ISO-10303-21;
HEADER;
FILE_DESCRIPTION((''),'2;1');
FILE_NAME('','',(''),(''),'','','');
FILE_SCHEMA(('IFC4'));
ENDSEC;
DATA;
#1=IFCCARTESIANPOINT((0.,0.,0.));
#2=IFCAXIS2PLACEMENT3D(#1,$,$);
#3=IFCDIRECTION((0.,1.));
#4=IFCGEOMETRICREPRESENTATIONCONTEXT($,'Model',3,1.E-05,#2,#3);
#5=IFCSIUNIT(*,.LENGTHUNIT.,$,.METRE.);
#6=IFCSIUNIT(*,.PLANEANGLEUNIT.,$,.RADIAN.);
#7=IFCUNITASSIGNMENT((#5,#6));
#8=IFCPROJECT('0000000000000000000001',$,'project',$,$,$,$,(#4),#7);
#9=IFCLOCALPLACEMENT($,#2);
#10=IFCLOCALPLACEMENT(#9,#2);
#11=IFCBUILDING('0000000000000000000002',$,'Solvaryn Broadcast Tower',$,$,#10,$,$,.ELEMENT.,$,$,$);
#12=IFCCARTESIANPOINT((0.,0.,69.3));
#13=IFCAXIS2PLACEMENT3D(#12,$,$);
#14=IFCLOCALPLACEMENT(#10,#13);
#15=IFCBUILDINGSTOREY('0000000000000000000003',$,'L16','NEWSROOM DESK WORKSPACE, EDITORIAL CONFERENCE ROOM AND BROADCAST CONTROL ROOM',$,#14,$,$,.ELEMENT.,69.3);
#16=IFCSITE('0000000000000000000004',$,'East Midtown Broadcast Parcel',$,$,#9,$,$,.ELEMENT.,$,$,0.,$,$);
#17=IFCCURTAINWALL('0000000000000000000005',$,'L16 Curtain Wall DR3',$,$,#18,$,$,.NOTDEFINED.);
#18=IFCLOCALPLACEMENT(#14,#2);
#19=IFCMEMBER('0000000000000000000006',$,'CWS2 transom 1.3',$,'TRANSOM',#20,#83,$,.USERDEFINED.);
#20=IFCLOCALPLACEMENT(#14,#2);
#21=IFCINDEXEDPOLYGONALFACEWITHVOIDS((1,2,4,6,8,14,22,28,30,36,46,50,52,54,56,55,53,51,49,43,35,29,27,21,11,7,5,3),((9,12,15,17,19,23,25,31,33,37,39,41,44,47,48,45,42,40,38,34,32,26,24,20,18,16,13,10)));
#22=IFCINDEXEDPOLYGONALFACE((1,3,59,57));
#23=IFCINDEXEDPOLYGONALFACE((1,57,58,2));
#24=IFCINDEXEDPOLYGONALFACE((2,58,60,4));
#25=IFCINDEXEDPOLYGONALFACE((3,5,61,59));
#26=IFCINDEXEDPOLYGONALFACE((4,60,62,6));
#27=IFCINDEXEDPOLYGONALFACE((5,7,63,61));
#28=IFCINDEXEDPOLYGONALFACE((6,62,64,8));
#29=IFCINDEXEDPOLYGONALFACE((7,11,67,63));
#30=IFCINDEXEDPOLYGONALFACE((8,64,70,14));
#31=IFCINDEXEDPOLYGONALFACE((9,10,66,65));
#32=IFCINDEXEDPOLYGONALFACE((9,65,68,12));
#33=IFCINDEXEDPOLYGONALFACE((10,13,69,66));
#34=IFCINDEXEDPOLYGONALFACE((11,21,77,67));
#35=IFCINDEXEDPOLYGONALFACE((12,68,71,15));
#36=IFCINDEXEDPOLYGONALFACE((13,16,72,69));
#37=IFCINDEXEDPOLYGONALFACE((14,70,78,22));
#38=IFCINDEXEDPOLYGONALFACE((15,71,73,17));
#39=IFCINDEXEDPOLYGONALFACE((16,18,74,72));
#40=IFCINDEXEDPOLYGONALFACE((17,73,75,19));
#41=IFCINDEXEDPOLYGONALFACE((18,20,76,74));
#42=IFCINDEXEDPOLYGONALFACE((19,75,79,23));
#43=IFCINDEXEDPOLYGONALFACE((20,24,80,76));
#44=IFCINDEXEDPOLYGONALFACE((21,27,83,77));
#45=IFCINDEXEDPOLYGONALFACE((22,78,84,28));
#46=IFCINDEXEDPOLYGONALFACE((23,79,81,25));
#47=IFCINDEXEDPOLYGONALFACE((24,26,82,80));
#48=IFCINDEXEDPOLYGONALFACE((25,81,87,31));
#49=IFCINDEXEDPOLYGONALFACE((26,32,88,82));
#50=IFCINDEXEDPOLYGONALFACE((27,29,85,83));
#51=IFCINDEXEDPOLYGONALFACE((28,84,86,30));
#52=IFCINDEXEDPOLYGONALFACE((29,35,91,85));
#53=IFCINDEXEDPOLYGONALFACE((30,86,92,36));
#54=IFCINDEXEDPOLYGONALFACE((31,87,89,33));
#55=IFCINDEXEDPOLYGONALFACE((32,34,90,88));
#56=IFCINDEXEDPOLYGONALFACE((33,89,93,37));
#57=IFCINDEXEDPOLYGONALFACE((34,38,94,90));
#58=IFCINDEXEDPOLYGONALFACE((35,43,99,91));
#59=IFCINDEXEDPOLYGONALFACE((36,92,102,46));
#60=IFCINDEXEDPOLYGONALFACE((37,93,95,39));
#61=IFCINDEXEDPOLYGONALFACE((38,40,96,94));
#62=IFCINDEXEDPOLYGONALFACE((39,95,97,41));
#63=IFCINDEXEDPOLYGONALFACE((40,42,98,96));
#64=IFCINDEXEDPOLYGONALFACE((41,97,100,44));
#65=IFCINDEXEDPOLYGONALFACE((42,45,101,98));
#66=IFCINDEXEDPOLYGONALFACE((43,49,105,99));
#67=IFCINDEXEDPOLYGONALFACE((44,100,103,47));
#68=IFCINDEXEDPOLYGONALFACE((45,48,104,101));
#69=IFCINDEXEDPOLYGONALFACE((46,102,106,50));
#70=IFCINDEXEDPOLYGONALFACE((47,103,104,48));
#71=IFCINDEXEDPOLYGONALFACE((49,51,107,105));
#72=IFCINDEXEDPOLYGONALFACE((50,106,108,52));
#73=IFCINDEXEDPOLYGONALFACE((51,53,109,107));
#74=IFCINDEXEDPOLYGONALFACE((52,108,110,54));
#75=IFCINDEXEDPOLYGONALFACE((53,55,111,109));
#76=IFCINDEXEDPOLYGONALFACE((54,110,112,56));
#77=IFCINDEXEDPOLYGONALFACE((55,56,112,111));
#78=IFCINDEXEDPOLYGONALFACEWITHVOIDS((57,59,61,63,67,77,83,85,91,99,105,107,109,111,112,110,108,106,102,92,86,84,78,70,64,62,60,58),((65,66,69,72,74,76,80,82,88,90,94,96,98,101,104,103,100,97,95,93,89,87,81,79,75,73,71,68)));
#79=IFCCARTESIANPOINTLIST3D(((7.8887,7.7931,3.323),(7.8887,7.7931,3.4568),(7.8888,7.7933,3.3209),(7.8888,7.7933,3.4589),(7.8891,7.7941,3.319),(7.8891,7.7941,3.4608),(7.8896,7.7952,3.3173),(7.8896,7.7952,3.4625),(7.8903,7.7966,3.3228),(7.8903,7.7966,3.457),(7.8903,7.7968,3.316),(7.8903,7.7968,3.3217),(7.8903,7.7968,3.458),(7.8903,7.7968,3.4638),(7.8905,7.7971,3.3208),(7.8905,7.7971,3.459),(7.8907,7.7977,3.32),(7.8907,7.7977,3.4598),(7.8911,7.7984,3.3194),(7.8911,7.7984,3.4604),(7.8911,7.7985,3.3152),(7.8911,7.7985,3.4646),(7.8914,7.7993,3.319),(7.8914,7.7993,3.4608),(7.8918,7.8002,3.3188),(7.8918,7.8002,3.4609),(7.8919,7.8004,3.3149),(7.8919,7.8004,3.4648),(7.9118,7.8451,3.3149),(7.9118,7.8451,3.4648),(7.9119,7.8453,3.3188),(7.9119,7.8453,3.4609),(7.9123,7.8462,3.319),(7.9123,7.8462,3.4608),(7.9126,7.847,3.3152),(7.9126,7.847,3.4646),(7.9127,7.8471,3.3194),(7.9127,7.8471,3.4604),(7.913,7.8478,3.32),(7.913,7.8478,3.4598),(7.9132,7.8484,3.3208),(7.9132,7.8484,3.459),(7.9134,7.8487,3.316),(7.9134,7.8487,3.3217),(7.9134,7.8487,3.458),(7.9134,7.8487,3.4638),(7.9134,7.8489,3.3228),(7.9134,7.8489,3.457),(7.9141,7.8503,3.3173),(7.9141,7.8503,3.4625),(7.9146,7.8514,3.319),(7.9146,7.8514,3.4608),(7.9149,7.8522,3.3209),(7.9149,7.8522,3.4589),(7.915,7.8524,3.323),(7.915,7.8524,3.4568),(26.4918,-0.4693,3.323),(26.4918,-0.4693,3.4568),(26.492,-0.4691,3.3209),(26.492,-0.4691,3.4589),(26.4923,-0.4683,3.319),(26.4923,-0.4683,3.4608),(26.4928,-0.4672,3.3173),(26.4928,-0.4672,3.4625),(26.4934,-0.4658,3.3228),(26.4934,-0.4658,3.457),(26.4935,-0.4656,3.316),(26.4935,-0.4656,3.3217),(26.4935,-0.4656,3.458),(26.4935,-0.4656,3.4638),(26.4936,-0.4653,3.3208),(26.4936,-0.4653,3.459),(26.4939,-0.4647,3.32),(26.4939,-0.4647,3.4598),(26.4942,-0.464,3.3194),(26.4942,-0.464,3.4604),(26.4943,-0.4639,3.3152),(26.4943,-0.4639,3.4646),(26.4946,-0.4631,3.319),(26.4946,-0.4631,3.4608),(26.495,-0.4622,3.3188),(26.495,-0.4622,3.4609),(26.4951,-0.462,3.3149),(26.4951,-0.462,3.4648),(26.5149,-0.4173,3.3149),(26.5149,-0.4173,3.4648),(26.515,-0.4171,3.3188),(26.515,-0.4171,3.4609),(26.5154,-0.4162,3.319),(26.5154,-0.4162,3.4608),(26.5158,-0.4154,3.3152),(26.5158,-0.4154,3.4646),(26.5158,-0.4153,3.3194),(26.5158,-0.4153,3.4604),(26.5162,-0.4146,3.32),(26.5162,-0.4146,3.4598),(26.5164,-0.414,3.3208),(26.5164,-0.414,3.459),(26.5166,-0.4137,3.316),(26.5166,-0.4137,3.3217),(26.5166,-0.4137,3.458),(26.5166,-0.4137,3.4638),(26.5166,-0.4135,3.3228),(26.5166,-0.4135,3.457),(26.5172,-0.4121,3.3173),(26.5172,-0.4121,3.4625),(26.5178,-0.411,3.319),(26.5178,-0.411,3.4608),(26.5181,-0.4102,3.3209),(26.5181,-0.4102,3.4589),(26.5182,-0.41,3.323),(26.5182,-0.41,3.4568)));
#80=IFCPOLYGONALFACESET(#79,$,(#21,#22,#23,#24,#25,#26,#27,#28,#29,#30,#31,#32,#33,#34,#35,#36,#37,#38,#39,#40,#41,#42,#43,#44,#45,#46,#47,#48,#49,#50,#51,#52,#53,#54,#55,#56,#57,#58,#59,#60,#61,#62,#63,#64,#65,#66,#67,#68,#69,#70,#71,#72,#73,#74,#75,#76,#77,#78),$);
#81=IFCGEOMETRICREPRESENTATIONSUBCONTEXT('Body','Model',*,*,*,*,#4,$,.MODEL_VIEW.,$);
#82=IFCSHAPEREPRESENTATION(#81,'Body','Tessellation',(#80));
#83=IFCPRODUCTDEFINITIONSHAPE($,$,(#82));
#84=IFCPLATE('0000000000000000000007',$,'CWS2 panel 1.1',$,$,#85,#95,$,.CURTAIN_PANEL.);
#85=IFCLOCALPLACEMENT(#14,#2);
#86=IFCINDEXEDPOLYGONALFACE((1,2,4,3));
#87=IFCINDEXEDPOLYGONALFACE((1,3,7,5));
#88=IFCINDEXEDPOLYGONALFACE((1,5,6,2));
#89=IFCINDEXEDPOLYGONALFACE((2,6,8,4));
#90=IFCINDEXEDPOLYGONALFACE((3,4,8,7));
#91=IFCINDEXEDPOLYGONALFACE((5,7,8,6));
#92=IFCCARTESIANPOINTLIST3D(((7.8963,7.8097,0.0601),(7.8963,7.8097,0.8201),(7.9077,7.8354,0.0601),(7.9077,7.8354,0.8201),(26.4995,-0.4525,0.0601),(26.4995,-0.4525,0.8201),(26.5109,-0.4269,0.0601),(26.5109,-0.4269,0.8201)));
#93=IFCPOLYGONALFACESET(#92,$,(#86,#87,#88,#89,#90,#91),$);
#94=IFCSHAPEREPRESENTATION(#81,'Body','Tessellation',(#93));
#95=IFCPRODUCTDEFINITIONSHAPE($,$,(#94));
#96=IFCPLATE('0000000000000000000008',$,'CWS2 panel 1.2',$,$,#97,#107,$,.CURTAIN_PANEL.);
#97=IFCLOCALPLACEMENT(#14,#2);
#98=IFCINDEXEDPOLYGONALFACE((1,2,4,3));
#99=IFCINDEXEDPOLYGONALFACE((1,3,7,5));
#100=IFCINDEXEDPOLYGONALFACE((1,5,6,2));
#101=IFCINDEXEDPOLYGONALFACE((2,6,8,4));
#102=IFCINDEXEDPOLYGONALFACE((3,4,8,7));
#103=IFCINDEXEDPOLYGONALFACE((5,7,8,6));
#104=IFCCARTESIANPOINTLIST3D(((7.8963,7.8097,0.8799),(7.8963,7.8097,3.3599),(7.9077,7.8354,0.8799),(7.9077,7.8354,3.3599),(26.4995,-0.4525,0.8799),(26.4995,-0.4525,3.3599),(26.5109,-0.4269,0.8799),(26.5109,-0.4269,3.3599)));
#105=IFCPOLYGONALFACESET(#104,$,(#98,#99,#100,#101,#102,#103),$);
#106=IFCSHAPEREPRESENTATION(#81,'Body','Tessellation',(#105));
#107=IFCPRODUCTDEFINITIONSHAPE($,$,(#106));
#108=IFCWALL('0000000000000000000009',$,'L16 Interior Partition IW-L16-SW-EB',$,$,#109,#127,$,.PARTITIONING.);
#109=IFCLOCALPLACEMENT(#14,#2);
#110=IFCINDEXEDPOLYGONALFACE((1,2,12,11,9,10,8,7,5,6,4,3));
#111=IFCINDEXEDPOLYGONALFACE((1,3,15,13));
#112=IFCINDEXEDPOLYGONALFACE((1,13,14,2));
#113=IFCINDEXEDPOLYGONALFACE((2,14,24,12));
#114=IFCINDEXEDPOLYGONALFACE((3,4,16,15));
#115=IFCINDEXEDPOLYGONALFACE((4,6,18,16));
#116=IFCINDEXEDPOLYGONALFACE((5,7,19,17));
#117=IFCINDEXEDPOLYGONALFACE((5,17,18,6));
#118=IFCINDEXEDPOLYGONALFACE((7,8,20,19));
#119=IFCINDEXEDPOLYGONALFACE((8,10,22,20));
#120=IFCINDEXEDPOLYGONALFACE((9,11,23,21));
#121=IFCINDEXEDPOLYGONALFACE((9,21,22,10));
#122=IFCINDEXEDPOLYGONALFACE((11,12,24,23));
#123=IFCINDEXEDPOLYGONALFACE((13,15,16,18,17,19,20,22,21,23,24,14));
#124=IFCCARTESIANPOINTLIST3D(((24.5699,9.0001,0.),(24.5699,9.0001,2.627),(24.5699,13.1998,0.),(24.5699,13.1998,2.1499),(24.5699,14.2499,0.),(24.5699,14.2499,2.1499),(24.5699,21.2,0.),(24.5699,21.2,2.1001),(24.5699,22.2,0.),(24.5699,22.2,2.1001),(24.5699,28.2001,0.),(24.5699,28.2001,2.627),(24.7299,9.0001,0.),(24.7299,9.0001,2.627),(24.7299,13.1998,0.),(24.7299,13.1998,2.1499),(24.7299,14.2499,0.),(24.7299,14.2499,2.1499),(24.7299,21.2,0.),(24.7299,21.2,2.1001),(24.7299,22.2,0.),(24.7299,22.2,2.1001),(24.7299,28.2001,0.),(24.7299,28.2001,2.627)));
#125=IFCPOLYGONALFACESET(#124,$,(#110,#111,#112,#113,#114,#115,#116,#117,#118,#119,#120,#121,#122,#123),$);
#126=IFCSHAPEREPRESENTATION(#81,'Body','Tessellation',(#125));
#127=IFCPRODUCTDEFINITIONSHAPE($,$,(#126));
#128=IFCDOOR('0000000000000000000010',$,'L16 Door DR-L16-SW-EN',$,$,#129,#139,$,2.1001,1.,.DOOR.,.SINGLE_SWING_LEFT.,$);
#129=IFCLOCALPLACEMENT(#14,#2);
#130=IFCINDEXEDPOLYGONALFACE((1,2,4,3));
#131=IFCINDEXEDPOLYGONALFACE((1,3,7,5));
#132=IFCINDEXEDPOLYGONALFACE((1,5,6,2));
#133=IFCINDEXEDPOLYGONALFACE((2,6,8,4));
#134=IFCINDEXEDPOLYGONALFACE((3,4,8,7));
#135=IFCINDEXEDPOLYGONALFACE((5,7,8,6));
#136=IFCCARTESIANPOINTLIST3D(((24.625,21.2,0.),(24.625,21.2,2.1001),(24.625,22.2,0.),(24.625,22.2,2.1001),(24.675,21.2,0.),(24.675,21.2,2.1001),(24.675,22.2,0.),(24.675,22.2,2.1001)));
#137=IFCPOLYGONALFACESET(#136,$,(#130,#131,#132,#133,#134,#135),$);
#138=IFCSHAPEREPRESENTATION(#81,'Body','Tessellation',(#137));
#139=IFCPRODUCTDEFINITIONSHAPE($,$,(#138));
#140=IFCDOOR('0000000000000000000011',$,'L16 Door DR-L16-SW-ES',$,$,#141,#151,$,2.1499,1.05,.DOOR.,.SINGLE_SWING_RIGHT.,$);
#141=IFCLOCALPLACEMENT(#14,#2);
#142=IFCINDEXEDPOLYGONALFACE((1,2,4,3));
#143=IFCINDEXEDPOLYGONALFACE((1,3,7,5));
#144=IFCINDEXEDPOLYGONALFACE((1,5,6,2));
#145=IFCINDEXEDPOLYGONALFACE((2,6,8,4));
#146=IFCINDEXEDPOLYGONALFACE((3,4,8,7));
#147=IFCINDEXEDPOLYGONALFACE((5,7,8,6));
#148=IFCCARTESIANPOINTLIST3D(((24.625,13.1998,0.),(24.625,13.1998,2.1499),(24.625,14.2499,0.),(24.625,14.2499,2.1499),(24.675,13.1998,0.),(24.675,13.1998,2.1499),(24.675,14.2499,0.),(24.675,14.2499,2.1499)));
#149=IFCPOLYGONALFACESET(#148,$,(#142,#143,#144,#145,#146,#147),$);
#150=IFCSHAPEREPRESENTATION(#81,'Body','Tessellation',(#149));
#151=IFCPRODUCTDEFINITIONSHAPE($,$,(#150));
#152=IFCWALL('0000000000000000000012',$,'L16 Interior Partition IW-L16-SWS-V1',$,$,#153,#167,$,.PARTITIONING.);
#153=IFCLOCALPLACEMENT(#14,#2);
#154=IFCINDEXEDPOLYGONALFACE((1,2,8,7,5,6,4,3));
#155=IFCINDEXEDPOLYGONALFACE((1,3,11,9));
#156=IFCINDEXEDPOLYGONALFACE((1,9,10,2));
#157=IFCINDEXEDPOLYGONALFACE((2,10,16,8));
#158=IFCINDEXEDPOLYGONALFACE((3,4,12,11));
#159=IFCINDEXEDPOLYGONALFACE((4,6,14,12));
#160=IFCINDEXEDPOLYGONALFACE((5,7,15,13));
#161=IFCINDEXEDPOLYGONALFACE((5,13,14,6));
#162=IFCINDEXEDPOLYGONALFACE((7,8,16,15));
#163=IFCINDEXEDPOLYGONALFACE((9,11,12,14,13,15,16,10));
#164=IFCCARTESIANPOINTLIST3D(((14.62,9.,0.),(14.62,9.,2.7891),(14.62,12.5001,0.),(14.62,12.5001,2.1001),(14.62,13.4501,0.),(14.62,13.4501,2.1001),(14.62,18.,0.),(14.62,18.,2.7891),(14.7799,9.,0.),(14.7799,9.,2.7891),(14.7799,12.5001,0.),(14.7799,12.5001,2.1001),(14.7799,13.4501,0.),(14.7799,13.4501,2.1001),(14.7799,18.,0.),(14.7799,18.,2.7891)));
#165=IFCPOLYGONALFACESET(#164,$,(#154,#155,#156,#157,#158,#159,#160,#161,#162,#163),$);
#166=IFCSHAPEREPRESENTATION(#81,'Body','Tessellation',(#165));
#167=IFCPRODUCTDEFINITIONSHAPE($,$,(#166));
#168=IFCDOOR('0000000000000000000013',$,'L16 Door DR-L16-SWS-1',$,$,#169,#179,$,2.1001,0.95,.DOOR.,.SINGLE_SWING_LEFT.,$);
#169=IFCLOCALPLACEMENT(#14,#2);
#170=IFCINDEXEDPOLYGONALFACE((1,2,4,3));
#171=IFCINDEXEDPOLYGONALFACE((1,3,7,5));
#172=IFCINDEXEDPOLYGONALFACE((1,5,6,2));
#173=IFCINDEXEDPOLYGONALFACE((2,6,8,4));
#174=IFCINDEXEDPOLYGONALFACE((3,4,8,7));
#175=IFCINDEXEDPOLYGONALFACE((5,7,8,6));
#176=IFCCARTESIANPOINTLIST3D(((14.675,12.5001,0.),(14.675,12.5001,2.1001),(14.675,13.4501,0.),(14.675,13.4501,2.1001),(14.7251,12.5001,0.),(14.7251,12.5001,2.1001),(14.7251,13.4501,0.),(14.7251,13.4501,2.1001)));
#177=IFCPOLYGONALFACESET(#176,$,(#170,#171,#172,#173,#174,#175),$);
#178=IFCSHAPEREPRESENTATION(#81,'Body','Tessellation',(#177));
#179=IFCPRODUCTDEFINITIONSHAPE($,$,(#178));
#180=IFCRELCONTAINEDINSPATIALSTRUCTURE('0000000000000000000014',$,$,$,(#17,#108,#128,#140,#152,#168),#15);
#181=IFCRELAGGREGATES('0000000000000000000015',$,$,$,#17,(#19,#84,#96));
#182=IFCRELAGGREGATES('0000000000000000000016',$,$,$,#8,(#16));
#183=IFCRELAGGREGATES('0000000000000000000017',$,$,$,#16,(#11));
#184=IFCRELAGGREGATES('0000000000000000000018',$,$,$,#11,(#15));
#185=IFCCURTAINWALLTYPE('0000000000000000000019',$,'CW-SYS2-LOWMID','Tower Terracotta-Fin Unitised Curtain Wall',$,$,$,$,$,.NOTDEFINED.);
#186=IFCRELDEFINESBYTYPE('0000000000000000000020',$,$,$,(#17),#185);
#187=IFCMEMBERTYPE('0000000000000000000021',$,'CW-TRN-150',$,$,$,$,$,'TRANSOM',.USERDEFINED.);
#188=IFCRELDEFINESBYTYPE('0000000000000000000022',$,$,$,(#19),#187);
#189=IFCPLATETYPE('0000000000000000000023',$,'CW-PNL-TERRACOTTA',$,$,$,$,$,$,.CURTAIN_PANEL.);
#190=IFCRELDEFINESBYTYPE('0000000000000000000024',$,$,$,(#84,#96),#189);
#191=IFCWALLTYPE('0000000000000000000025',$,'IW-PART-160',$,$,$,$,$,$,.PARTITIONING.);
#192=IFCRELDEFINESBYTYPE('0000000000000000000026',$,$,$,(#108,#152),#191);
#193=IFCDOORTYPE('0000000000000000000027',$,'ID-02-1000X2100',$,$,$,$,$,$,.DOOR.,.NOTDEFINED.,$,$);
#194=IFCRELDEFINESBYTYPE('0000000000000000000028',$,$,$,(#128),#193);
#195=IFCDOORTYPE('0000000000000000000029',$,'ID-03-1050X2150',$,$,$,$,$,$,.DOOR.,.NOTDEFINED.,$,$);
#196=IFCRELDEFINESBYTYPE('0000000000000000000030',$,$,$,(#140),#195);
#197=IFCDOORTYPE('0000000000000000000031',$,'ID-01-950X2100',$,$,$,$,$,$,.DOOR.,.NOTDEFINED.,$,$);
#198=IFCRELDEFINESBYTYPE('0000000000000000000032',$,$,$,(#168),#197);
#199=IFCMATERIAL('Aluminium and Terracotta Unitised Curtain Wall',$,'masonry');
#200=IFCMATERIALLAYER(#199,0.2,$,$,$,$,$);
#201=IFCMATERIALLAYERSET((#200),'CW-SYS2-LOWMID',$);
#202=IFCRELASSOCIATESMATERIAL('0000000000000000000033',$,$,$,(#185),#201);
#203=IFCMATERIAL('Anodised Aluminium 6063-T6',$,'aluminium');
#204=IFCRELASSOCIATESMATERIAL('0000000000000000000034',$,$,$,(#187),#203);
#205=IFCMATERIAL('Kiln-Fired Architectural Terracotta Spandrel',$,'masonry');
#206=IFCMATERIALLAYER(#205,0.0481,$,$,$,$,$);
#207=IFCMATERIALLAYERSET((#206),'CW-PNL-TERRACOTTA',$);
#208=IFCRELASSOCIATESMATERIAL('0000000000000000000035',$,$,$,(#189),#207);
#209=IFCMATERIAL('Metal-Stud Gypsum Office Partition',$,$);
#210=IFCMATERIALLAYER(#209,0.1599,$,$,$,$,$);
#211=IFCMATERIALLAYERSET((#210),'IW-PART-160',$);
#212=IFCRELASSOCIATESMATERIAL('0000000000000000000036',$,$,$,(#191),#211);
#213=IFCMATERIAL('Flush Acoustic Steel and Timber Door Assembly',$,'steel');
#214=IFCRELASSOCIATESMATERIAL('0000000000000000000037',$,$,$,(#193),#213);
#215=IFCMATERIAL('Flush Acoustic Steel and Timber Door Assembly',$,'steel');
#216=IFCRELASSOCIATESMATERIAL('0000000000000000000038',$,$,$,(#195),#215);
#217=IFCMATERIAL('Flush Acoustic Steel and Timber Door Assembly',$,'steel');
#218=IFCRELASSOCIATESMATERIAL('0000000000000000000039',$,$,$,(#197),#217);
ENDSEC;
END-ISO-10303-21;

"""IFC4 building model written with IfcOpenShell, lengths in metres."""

from ifc_helpers import new_model, si_unit, direction, frame, frame_2d, origin, origin_2d, place, context, subcontext, project, spatial, rectangle, hollow_rectangle, extrude, material, layer, layer_set, material_profile, profile_set, type_object, element, fill, aggregate, save


model = new_model("IFC4")

# Units and contexts
model_context = context("Model", 3, precision=1e-05, world=origin(), true_north=direction((0.0, 1.0)))
body_context = subcontext(model_context, "Body", "Model", "MODEL_VIEW")
ifc_project = project(units=[si_unit("LENGTHUNIT", "METRE"), si_unit("PLANEANGLEUNIT", "RADIAN")], contexts=[model_context])

# Site, building, storey
site_placement = place(None, origin())
site = spatial("IfcSite", under=ifc_project, at=site_placement, Name="East Midtown Broadcast Parcel", CompositionType="ELEMENT", RefElevation=0.0)
building_placement = place(site_placement, origin())
building = spatial("IfcBuilding", under=site, at=building_placement, Name="Solvaryn Broadcast Tower", CompositionType="ELEMENT")
storey_placement = place(building_placement, frame((0.0, 0.0, 69.3)))
storey = spatial("IfcBuildingStorey", under=building, at=storey_placement, Name="L16", Description="NEWSROOM DESK WORKSPACE, EDITORIAL CONFERENCE ROOM AND BROADCAST CONTROL ROOM", CompositionType="ELEMENT", Elevation=69.3)

# Curtain wall, member, plates
ifc_material_1 = material(Name="Aluminium and Terracotta Unitised Curtain Wall", Category="masonry")
ifc_layer_1 = layer(ifc_material_1, 0.2)
ifc_layer_set_1 = layer_set([ifc_layer_1], Name="CW-SYS2-LOWMID")
curtain_wall_type_1 = type_object("IfcCurtainWallType", Name="CW-SYS2-LOWMID", Description="Tower Terracotta-Fin Unitised Curtain Wall", PredefinedType="NOTDEFINED", material=ifc_layer_set_1)
curtain_wall_1_placement = place(storey_placement, origin())
curtain_wall_1 = element("IfcCurtainWall", 1, at=curtain_wall_1_placement, inside=storey, type_object=curtain_wall_type_1, Name="L16 Curtain Wall DR3", PredefinedType="NOTDEFINED")
ifc_material_2 = material(Name="Anodised Aluminium 6063-T6", Category="aluminium")
ifc_material_profile_1 = material_profile(ifc_material_2, hollow_rectangle(XDim=0.0649, YDim=0.1499, WallThickness=0.0039, InnerFilletRadius=0.0039, OuterFilletRadius=0.0081, at=origin_2d()))
ifc_profile_set_1 = profile_set([ifc_material_profile_1], Name="Anodised Aluminium 6063-T6")
member_type_1 = type_object("IfcMemberType", Name="CW-TRN-150", ElementType="TRANSOM", PredefinedType="USERDEFINED", material=ifc_profile_set_1)
member_1_placement = place(storey_placement, frame((7.9019, 7.8228, 3.3899), z_axis=(0.913915, -0.405906, 0.0), x_axis=(0.405906, 0.913915, 0.0)))
member_1 = element("IfcMember", 2, at=member_1_placement, type_object=member_type_1, Name="CWS2 transom 1.3", ObjectType="TRANSOM", PredefinedType="USERDEFINED", context=body_context, shape_type="SweptSolid", body=[
    extrude(hollow_rectangle(XDim=0.0649, YDim=0.1499, WallThickness=0.0039, InnerFilletRadius=0.0039, OuterFilletRadius=0.0081, at=origin_2d()), origin(), (0.0, 0.0, 1.0), 20.3555),
])
ifc_material_3 = material(Name="Kiln-Fired Architectural Terracotta Spandrel", Category="masonry")
ifc_layer_2 = layer(ifc_material_3, 0.0481)
ifc_layer_set_2 = layer_set([ifc_layer_2], Name="CW-PNL-TERRACOTTA")
plate_type = type_object("IfcPlateType", Name="CW-PNL-TERRACOTTA", PredefinedType="CURTAIN_PANEL", material=ifc_layer_set_2)
plate_1_placement = place(storey_placement, frame((17.2036, 3.6914, 0.0601), z_axis=(0.0, 0.0, 1.0), x_axis=(0.913918, -0.405898, 0.0)))
plate_1 = element("IfcPlate", 3, at=plate_1_placement, type_object=plate_type, Name="CWS2 panel 1.1", PredefinedType="CURTAIN_PANEL", context=body_context, shape_type="SweptSolid", body=[
    extrude(rectangle(XDim=20.3555, YDim=0.0281, at=origin_2d()), origin(), (0.0, 0.0, 1.0), 0.76),
])
plate_2_placement = place(storey_placement, frame((17.2036, 3.6914, 0.8799), z_axis=(0.0, 0.0, 1.0), x_axis=(0.913918, -0.405898, 0.0)))
plate_2 = element("IfcPlate", 4, at=plate_2_placement, type_object=plate_type, Name="CWS2 panel 1.2", PredefinedType="CURTAIN_PANEL", context=body_context, shape_type="SweptSolid", body=[
    extrude(rectangle(XDim=20.3555, YDim=0.0281, at=origin_2d()), origin(), (0.0, 0.0, 1.0), 2.48),
])
aggregate(curtain_wall_1, [member_1, plate_1, plate_2])

# Wall, openings, doors
ifc_material_4 = material(Name="Metal-Stud Gypsum Office Partition")
ifc_layer_3 = layer(ifc_material_4, 0.1599)
ifc_layer_set_3 = layer_set([ifc_layer_3], Name="IW-PART-160")
wall_type = type_object("IfcWallType", Name="IW-PART-160", PredefinedType="PARTITIONING", material=ifc_layer_set_3)
wall_1_placement = place(storey_placement, frame((24.6499, 9.0, 0.0), z_axis=(0.0, 0.0, 1.0), x_axis=(0.0, 1.0, 0.0)))
wall_1 = element("IfcWall", 5, at=wall_1_placement, inside=storey, type_object=wall_type, Name="L16 Interior Partition IW-L16-SW-EB", PredefinedType="PARTITIONING", context=body_context, shape_type="SweptSolid", body=[
    extrude(rectangle(XDim=19.2, YDim=0.1599, at=frame_2d((9.6001, 0.0))), origin(), (0.0, 0.0, 1.0), 2.627),
])
opening_1_placement = place(wall_1_placement, frame((12.2, 0.0, 0.0)))
opening_1 = element("IfcOpeningElement", 6, at=opening_1_placement, cuts=wall_1, PredefinedType="OPENING", context=body_context, shape_type="SweptSolid", body=[
    extrude(rectangle(XDim=1.0, YDim=2.1001, at=frame_2d((0.5, 1.05))), frame((0.0, 0.0901, 0.0), z_axis=(0.0, -1.0, 0.0), x_axis=(1.0, 0.0, 0.0)), (0.0, 0.0, 1.0), 0.1799),
])
opening_2_placement = place(wall_1_placement, frame((4.2, 0.0, 0.0)))
opening_2 = element("IfcOpeningElement", 7, at=opening_2_placement, cuts=wall_1, PredefinedType="OPENING", context=body_context, shape_type="SweptSolid", body=[
    extrude(rectangle(XDim=1.05, YDim=2.1499, at=frame_2d((0.5249, 1.075))), frame((0.0, 0.0901, 0.0), z_axis=(0.0, -1.0, 0.0), x_axis=(1.0, 0.0, 0.0)), (0.0, 0.0, 1.0), 0.1799),
])
ifc_material_5 = material(Name="Flush Acoustic Steel and Timber Door Assembly", Category="steel")
door_type_1 = type_object("IfcDoorType", Name="ID-02-1000X2100", OperationType="NOTDEFINED", PredefinedType="DOOR", material=ifc_material_5)
door_1_placement = place(opening_1_placement, origin())
door_1 = element("IfcDoor", 8, at=door_1_placement, inside=storey, type_object=door_type_1, Name="L16 Door DR-L16-SW-EN", OperationType="SINGLE_SWING_LEFT", OverallHeight=2.1001, OverallWidth=1.0, PredefinedType="DOOR", context=body_context, shape_type="SweptSolid", body=[
    extrude(rectangle(XDim=1.0, YDim=2.1001, at=frame_2d((0.5, 1.05))), frame((0.0, 0.0249, 0.0), z_axis=(0.0, -1.0, 0.0), x_axis=(1.0, 0.0, 0.0)), (0.0, 0.0, 1.0), 0.05),
])
fill(opening_1, door_1)
ifc_material_6 = material(Name="Flush Acoustic Steel and Timber Door Assembly", Category="steel")
door_type_2 = type_object("IfcDoorType", Name="ID-03-1050X2150", OperationType="NOTDEFINED", PredefinedType="DOOR", material=ifc_material_6)
door_2_placement = place(opening_2_placement, origin())
door_2 = element("IfcDoor", 9, at=door_2_placement, inside=storey, type_object=door_type_2, Name="L16 Door DR-L16-SW-ES", OperationType="SINGLE_SWING_RIGHT", OverallHeight=2.1499, OverallWidth=1.05, PredefinedType="DOOR", context=body_context, shape_type="SweptSolid", body=[
    extrude(rectangle(XDim=1.05, YDim=2.1499, at=frame_2d((0.5249, 1.075))), frame((0.0, 0.0249, 0.0), z_axis=(0.0, -1.0, 0.0), x_axis=(1.0, 0.0, 0.0)), (0.0, 0.0, 1.0), 0.05),
])
fill(opening_2, door_2)

# Wall, opening, door
wall_2_placement = place(storey_placement, frame((14.7, 9.0, 0.0), z_axis=(0.0, 0.0, 1.0), x_axis=(0.0, 1.0, 0.0)))
wall_2 = element("IfcWall", 10, at=wall_2_placement, inside=storey, type_object=wall_type, Name="L16 Interior Partition IW-L16-SWS-V1", PredefinedType="PARTITIONING", context=body_context, shape_type="SweptSolid", body=[
    extrude(rectangle(XDim=9.0, YDim=0.1599, at=frame_2d((4.5, 0.0))), origin(), (0.0, 0.0, 1.0), 2.7891),
])
opening_3_placement = place(wall_2_placement, frame((3.5, 0.0, 0.0)))
opening_3 = element("IfcOpeningElement", 11, at=opening_3_placement, cuts=wall_2, PredefinedType="OPENING", context=body_context, shape_type="SweptSolid", body=[
    extrude(rectangle(XDim=0.95, YDim=2.1001, at=frame_2d((0.4751, 1.05))), frame((0.0, 0.0901, 0.0), z_axis=(0.0, -1.0, 0.0), x_axis=(1.0, 0.0, 0.0)), (0.0, 0.0, 1.0), 0.1799),
])
ifc_material_7 = material(Name="Flush Acoustic Steel and Timber Door Assembly", Category="steel")
door_type_3 = type_object("IfcDoorType", Name="ID-01-950X2100", OperationType="NOTDEFINED", PredefinedType="DOOR", material=ifc_material_7)
door_3_placement = place(opening_3_placement, origin())
door_3 = element("IfcDoor", 12, at=door_3_placement, inside=storey, type_object=door_type_3, Name="L16 Door DR-L16-SWS-1", OperationType="SINGLE_SWING_LEFT", OverallHeight=2.1001, OverallWidth=0.95, PredefinedType="DOOR", context=body_context, shape_type="SweptSolid", body=[
    extrude(rectangle(XDim=0.95, YDim=2.1001, at=frame_2d((0.4751, 1.05))), frame((0.0, 0.0249, 0.0), z_axis=(0.0, -1.0, 0.0), x_axis=(1.0, 0.0, 0.0)), (0.0, 0.0, 1.0), 0.05),
])
fill(opening_3, door_3)

save(model, "model.ifc")
